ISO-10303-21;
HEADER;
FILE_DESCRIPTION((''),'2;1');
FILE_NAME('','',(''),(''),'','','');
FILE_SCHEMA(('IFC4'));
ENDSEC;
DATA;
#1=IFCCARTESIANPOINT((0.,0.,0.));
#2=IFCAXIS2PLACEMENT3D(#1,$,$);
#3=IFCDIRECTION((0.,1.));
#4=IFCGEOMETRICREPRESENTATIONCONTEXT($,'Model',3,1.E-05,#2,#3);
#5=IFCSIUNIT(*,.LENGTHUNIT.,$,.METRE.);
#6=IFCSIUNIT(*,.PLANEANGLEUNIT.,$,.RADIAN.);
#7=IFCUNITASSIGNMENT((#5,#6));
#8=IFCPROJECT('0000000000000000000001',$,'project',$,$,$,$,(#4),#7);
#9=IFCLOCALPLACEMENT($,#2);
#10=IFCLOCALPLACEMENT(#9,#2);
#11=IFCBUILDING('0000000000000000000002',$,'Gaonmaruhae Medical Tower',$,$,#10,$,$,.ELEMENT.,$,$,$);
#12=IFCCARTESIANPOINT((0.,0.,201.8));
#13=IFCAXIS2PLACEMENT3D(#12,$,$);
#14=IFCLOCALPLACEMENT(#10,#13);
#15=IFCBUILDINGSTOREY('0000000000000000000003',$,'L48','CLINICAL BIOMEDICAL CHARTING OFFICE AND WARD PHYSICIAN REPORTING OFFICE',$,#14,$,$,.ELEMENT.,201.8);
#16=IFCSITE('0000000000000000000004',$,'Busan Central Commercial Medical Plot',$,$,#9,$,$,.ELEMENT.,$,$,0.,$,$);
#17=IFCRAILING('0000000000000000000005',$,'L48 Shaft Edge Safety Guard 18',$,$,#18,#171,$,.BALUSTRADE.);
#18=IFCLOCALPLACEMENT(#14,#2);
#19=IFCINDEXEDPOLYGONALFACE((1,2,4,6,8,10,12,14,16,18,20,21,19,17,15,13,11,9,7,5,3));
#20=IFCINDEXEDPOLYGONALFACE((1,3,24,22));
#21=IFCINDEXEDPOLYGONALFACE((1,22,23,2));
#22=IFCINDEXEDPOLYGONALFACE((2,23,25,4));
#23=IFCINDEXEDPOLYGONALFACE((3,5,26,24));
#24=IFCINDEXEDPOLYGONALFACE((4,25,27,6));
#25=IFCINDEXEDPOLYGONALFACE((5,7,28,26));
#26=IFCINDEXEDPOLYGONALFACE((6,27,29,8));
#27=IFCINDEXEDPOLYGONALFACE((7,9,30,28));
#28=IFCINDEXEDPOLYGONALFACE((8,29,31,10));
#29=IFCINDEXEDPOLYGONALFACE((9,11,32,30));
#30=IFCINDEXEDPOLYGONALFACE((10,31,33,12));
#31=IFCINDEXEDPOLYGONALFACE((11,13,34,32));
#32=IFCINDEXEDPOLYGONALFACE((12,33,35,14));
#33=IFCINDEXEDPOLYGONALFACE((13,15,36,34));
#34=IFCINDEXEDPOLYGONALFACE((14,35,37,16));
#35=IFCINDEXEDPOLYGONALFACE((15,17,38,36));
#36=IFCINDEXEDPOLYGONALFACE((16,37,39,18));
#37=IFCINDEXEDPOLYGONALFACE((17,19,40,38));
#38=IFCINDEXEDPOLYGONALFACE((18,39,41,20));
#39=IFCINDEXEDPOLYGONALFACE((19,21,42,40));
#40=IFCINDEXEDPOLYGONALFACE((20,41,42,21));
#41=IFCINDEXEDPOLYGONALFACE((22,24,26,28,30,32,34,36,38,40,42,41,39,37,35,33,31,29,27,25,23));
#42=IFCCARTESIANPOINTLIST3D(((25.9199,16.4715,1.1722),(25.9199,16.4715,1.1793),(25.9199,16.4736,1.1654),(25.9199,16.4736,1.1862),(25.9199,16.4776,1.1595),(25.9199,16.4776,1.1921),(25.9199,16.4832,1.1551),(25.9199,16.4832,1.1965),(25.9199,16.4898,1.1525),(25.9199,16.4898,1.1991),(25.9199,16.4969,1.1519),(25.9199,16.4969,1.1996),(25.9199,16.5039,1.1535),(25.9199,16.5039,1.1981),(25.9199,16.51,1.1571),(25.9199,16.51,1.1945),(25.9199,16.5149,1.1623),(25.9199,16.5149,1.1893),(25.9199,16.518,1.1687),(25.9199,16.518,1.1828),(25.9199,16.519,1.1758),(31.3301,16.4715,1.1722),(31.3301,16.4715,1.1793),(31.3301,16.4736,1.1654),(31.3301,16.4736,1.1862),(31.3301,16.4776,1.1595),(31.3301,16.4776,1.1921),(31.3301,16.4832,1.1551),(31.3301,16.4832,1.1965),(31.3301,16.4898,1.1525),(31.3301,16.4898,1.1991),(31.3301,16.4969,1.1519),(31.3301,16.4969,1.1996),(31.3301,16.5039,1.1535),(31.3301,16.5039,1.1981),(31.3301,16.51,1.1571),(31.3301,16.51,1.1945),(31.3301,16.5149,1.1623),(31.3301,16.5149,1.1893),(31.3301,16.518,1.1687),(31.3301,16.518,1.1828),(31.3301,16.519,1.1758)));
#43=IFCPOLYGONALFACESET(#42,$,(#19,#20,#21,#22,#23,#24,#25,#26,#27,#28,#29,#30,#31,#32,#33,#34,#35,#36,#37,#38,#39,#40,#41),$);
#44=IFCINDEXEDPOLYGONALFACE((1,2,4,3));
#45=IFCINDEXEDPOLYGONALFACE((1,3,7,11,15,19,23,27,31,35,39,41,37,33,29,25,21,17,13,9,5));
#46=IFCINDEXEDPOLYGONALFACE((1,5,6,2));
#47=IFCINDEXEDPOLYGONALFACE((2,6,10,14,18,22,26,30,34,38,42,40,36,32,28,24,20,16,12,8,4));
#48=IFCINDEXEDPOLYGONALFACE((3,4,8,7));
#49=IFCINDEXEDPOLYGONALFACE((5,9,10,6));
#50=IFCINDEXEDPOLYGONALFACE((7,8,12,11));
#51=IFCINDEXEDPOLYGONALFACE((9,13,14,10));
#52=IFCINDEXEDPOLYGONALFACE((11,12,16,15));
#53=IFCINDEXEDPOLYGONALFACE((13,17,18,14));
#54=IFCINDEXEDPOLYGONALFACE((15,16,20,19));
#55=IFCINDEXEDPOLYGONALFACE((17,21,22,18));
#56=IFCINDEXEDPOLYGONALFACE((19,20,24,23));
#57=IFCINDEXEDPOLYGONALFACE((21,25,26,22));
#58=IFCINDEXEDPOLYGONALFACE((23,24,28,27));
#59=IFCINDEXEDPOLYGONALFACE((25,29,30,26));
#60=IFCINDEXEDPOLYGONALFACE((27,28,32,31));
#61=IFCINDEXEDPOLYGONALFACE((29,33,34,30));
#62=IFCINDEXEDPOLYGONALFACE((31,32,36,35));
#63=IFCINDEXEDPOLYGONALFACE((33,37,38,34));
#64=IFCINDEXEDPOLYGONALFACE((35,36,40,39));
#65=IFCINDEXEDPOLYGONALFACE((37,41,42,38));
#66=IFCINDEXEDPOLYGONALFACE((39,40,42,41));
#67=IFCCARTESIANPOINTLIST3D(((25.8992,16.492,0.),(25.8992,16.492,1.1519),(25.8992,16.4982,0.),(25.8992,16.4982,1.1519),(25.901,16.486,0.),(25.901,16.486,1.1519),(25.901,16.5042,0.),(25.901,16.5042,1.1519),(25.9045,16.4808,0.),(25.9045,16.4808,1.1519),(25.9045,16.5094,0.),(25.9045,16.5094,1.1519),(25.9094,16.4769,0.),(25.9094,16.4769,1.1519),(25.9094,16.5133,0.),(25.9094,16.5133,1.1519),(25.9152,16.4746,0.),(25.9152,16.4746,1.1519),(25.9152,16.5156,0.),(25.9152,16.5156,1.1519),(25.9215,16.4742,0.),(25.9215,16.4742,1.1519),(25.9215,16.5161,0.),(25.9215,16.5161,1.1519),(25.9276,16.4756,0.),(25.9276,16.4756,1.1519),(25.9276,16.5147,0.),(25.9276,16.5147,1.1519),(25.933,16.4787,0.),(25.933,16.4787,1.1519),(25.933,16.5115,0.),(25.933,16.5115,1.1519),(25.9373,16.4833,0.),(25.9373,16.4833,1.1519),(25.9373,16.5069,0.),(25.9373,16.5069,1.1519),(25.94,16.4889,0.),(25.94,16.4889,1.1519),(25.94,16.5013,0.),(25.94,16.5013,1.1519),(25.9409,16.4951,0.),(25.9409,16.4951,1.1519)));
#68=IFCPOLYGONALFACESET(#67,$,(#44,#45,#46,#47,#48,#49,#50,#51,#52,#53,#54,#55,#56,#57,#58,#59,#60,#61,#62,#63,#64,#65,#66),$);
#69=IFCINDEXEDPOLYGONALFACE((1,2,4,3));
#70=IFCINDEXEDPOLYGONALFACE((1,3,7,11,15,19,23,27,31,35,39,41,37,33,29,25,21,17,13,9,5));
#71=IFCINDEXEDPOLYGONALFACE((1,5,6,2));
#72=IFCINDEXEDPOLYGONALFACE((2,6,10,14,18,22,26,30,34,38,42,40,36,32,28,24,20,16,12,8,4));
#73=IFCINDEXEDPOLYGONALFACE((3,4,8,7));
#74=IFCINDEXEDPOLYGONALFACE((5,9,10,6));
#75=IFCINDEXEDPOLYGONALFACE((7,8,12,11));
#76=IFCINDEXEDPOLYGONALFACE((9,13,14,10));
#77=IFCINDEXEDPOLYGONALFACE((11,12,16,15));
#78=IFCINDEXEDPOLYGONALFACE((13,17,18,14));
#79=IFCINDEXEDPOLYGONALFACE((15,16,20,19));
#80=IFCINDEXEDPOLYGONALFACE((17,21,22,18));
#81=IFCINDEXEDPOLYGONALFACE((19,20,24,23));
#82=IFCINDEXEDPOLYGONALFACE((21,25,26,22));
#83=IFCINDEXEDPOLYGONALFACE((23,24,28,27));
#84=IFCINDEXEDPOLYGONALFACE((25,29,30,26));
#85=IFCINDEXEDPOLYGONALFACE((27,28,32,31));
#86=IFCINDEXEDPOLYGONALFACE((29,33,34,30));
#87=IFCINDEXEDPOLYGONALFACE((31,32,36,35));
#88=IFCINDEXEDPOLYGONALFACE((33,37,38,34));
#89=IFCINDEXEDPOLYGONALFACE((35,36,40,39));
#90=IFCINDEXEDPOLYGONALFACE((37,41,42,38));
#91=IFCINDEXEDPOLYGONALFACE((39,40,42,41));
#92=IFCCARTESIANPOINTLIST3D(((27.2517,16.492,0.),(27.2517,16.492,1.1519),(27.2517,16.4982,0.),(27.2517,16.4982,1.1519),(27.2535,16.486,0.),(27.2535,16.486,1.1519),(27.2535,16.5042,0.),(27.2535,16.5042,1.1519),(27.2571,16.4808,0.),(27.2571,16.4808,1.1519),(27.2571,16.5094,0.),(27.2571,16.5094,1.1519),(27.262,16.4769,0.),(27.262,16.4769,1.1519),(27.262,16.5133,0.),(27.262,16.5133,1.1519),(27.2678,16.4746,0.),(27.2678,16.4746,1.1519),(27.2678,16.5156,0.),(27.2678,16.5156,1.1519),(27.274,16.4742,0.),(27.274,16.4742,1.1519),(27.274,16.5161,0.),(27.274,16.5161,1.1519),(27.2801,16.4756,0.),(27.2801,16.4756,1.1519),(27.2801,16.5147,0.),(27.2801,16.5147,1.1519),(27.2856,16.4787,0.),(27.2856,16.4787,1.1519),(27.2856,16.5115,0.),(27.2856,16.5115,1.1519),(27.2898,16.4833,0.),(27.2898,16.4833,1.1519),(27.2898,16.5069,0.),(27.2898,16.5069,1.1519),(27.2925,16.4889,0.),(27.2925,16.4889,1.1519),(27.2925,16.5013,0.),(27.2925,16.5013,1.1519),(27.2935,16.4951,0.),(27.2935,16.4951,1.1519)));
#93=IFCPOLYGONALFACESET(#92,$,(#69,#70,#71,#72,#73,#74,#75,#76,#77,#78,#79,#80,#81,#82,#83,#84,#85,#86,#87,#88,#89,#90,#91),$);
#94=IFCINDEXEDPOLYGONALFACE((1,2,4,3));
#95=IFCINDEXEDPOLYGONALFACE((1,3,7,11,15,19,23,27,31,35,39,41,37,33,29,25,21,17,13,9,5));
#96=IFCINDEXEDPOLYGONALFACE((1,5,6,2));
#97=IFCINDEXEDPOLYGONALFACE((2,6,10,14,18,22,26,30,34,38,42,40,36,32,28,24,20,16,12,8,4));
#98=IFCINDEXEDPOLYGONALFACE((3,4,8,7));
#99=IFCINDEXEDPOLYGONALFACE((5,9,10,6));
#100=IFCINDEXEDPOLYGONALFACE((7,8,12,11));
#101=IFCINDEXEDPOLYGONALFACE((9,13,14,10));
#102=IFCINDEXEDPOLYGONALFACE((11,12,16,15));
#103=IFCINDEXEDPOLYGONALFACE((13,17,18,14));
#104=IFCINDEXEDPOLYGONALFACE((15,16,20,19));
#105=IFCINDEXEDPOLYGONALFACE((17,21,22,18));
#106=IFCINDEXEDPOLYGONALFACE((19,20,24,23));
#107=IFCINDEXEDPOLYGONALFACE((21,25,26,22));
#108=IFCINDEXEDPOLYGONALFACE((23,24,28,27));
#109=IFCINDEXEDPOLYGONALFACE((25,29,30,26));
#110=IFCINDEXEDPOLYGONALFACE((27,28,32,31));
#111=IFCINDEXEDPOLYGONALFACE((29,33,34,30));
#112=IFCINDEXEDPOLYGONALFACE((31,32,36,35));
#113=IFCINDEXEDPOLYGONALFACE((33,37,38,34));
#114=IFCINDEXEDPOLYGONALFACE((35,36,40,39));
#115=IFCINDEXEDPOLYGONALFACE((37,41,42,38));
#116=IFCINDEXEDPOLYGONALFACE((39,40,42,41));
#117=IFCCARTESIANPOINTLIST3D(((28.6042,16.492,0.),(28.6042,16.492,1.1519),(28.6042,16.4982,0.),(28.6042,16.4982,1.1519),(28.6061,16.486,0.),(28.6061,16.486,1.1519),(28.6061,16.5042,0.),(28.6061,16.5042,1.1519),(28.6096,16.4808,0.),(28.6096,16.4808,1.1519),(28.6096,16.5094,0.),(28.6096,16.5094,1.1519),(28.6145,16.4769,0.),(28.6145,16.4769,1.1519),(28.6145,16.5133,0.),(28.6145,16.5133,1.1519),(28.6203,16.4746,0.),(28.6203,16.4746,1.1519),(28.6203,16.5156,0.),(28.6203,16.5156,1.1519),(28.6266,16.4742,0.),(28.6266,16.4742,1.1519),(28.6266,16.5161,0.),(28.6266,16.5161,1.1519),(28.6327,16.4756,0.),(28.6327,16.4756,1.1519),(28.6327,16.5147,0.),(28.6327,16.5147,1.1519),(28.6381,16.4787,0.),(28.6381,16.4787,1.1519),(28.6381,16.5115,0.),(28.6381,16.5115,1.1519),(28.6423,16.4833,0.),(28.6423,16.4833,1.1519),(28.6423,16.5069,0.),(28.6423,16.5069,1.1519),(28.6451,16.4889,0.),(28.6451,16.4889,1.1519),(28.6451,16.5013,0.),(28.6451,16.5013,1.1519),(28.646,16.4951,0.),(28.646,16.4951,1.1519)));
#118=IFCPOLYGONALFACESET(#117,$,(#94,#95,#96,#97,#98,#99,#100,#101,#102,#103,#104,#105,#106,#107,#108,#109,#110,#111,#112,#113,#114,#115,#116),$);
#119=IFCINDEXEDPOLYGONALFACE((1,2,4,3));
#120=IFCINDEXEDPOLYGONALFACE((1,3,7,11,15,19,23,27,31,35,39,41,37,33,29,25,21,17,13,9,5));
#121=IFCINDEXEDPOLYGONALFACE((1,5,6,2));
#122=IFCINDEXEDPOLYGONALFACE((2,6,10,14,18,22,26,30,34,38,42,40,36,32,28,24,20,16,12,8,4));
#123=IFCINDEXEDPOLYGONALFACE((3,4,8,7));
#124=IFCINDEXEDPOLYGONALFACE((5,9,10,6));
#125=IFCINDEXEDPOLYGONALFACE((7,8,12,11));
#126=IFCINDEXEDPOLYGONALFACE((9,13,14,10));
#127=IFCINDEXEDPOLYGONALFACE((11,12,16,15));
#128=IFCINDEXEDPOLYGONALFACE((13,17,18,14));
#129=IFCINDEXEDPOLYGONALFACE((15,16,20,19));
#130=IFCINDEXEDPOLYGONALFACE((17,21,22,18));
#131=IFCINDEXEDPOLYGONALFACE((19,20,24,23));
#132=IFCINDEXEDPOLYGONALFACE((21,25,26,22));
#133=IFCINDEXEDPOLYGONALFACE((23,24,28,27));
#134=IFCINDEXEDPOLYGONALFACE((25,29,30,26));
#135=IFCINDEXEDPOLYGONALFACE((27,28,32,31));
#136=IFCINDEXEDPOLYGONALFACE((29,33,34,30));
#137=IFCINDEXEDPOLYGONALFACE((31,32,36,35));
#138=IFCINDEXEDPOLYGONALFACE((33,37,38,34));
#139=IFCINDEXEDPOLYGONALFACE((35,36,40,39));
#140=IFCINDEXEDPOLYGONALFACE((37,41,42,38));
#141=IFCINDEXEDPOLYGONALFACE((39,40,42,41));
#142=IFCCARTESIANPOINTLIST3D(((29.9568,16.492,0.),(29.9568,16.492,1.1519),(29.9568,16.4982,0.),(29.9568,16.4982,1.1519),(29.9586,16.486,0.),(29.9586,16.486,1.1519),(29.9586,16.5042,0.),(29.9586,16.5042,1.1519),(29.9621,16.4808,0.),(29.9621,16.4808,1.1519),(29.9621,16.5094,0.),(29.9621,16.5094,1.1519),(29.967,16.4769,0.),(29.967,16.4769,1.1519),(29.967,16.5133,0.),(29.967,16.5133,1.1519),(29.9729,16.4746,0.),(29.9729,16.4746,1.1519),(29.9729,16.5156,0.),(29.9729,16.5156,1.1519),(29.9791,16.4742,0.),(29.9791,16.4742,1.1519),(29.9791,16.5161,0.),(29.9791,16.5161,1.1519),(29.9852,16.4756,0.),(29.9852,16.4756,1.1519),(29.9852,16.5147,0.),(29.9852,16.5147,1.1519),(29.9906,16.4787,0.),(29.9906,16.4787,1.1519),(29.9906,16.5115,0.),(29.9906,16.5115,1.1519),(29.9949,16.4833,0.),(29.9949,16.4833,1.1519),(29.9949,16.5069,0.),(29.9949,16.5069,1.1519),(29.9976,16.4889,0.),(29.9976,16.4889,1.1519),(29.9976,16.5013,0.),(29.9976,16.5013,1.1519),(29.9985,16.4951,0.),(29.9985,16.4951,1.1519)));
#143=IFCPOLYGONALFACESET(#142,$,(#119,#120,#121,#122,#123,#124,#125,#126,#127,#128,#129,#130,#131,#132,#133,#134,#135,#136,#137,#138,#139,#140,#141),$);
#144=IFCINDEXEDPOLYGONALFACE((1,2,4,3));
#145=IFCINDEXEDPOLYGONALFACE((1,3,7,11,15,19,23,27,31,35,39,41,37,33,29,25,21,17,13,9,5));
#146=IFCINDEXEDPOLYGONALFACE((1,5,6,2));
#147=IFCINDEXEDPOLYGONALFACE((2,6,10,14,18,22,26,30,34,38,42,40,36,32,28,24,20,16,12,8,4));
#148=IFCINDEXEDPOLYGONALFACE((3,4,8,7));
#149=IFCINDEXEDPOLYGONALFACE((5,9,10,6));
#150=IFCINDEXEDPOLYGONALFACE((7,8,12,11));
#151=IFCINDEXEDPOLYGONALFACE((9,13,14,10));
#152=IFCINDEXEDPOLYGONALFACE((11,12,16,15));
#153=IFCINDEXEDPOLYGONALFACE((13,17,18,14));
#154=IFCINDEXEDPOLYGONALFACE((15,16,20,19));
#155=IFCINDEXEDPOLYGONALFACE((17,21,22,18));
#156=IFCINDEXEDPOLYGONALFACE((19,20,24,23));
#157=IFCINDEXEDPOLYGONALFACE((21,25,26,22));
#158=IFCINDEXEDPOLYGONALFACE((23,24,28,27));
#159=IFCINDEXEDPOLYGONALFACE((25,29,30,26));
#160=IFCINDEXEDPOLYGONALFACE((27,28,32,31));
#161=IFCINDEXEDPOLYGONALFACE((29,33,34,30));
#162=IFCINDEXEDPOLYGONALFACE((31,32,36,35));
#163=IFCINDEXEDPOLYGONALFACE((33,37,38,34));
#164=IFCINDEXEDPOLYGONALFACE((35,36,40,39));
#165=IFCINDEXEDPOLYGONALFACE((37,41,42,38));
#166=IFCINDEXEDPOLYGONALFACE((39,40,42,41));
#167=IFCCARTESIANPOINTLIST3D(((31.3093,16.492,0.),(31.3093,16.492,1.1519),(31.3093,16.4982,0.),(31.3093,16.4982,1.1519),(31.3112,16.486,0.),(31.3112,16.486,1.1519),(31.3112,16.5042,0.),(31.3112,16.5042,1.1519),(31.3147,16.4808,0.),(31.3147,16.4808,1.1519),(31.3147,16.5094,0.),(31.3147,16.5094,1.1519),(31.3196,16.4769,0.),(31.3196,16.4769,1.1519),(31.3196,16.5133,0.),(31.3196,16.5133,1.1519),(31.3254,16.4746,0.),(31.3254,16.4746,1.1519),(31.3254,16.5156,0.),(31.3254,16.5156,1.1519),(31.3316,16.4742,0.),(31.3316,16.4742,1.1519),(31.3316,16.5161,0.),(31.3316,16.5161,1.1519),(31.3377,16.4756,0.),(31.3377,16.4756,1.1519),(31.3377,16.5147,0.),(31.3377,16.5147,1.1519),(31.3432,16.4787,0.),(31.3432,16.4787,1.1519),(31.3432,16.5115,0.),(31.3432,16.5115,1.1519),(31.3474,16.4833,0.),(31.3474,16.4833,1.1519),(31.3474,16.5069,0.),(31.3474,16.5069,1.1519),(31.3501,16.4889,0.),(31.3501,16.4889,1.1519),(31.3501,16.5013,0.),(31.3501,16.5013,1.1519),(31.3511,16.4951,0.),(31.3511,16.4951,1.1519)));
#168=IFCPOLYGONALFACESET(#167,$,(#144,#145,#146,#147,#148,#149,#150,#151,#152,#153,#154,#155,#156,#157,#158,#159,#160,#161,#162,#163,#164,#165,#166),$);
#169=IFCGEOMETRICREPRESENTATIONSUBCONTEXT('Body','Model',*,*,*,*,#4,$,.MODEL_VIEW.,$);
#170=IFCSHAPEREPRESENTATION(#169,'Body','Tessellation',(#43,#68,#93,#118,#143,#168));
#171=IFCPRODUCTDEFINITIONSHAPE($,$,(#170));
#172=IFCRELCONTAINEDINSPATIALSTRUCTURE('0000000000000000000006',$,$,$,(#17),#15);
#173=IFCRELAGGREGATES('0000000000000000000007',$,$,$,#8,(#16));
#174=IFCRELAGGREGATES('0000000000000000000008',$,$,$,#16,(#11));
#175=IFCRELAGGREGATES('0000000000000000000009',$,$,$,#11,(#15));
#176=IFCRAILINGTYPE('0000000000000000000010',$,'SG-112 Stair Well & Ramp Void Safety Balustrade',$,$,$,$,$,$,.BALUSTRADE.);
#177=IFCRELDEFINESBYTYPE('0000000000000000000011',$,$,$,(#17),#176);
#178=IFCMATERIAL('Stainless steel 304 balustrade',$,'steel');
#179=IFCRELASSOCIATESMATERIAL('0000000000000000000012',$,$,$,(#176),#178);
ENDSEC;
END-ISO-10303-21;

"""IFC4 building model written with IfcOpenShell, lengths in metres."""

from ifc_helpers import new_model, si_unit, direction, frame, origin, origin_2d, place, context, subcontext, project, spatial, circle, extrude, material, type_object, element, save


model = new_model("IFC4")

# Units and contexts
model_context = context("Model", 3, precision=1e-05, world=origin(), true_north=direction((0.0, 1.0)))
body_context = subcontext(model_context, "Body", "Model", "MODEL_VIEW")
ifc_project = project(units=[si_unit("LENGTHUNIT", "METRE"), si_unit("PLANEANGLEUNIT", "RADIAN")], contexts=[model_context])

# Site, building, storey
site_placement = place(None, origin())
site = spatial("IfcSite", under=ifc_project, at=site_placement, Name="Busan Central Commercial Medical Plot", CompositionType="ELEMENT", RefElevation=0.0)
building_placement = place(site_placement, origin())
building = spatial("IfcBuilding", under=site, at=building_placement, Name="Gaonmaruhae Medical Tower", CompositionType="ELEMENT")
storey_placement = place(building_placement, frame((0.0, 0.0, 201.8)))
storey = spatial("IfcBuildingStorey", under=building, at=storey_placement, Name="L48", Description="CLINICAL BIOMEDICAL CHARTING OFFICE AND WARD PHYSICIAN REPORTING OFFICE", CompositionType="ELEMENT", Elevation=201.8)

# Railing
ifc_material_1 = material(Name="Stainless steel 304 balustrade", Category="steel")
railing_type_1 = type_object("IfcRailingType", Name="SG-112 Stair Well & Ramp Void Safety Balustrade", PredefinedType="BALUSTRADE", material=ifc_material_1)
railing_1_placement = place(storey_placement, frame((25.9199, 16.4951, 0.0)))
element("IfcRailing", 1, at=railing_1_placement, inside=storey, type_object=railing_type_1, Name="L48 Shaft Edge Safety Guard 18", PredefinedType="BALUSTRADE", context=body_context, shape_type="SweptSolid", body=[
    extrude(circle(Radius=0.0239, at=origin_2d()), frame((0.0, 0.0, 1.1758), z_axis=(1.0, 0.0, 0.0), x_axis=(0.0, 1.0, 0.0)), (0.0, 0.0, 1.0), 5.4102),
    extrude(circle(Radius=0.021, at=origin_2d()), origin(), (0.0, 0.0, 1.0), 1.1519),
    extrude(circle(Radius=0.021, at=origin_2d()), frame((1.3525, 0.0, 0.0)), (0.0, 0.0, 1.0), 1.1519),
    extrude(circle(Radius=0.021, at=origin_2d()), frame((2.7051, 0.0, 0.0)), (0.0, 0.0, 1.0), 1.1519),
    extrude(circle(Radius=0.021, at=origin_2d()), frame((4.0576, 0.0, 0.0)), (0.0, 0.0, 1.0), 1.1519),
    extrude(circle(Radius=0.021, at=origin_2d()), frame((5.4102, 0.0, 0.0)), (0.0, 0.0, 1.0), 1.1519),
])

save(model, "model.ifc")
